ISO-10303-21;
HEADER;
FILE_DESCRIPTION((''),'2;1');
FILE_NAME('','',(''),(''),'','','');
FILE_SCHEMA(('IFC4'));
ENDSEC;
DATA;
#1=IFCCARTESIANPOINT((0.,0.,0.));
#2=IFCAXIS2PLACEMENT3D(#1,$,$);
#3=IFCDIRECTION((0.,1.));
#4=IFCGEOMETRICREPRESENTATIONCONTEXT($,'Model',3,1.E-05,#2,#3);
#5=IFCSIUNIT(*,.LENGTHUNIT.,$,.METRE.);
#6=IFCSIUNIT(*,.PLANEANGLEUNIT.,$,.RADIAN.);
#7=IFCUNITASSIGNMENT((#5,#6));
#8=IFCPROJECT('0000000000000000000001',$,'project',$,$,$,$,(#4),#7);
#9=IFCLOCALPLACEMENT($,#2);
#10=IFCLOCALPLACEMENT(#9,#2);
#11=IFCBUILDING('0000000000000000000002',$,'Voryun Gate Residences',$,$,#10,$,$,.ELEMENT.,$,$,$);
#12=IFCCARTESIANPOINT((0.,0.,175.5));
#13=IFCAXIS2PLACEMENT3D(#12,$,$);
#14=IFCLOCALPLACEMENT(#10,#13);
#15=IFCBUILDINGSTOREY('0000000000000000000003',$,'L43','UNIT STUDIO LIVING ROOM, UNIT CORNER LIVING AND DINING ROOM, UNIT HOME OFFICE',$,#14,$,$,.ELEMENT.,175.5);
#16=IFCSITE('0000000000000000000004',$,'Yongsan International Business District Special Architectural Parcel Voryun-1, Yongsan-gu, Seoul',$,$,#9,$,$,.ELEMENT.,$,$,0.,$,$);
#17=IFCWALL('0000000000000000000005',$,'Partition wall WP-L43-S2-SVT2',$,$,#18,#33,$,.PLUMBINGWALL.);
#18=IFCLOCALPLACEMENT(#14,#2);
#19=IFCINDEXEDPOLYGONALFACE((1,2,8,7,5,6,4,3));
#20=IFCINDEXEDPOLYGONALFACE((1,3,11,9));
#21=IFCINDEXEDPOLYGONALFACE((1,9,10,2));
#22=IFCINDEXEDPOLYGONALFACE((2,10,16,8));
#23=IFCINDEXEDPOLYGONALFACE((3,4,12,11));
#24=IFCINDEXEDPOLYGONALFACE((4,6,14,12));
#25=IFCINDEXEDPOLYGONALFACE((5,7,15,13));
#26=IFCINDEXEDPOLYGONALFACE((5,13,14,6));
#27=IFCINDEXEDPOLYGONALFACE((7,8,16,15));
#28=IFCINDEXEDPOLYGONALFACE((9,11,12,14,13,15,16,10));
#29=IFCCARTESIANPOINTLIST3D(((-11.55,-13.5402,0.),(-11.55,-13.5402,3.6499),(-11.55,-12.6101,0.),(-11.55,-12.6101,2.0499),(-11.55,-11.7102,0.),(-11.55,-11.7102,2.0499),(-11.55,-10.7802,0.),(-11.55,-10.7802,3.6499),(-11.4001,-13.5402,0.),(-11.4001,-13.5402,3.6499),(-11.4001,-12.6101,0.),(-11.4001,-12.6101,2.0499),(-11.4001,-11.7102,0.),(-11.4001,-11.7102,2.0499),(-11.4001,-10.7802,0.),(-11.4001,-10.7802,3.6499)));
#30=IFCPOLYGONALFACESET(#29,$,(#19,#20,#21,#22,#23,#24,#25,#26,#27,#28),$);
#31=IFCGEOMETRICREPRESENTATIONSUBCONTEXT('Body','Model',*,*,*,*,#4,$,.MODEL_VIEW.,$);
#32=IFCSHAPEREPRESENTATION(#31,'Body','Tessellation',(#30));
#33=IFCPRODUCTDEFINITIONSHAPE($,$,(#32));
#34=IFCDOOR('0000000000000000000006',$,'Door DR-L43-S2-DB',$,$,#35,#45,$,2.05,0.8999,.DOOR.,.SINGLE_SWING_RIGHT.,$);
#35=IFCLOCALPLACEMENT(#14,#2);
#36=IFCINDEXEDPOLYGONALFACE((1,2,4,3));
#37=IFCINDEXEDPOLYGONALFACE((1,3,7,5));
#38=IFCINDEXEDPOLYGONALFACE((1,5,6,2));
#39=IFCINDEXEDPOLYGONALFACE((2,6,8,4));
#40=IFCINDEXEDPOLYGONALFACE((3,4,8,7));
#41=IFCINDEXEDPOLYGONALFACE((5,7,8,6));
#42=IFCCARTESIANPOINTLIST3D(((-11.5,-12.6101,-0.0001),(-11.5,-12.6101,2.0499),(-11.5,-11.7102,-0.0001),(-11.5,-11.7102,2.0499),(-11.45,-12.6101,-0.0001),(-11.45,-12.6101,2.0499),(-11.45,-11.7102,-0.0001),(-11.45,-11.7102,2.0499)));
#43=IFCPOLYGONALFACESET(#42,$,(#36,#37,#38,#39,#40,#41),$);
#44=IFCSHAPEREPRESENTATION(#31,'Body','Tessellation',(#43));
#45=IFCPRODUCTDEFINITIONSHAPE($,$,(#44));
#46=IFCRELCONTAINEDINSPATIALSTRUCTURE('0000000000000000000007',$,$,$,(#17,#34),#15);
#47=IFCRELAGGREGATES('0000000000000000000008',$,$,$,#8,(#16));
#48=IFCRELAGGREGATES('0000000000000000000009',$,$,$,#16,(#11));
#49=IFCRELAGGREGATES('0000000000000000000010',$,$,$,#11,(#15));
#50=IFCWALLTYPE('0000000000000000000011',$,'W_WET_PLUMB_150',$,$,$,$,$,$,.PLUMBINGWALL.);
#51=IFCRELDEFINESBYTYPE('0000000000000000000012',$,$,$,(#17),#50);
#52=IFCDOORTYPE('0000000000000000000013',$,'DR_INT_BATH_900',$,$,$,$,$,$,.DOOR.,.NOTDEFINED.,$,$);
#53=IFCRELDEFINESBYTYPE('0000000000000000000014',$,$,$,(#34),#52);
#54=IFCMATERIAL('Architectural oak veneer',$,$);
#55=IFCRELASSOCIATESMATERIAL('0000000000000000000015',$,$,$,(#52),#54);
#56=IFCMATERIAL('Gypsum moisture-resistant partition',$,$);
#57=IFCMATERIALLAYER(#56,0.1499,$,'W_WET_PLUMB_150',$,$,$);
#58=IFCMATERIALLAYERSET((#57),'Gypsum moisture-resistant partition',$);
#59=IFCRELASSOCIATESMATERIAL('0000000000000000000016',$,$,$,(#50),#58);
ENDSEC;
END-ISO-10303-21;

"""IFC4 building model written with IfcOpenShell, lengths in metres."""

from ifc_helpers import new_model, si_unit, direction, frame, frame_2d, origin, place, context, subcontext, project, spatial, rectangle, extrude, material, layer, layer_set, type_object, element, fill, save


model = new_model("IFC4")

# Units and contexts
model_context = context("Model", 3, precision=1e-05, world=origin(), true_north=direction((0.0, 1.0)))
body_context = subcontext(model_context, "Body", "Model", "MODEL_VIEW")
ifc_project = project(units=[si_unit("LENGTHUNIT", "METRE"), si_unit("PLANEANGLEUNIT", "RADIAN")], contexts=[model_context])

# Site, building, storey
site_placement = place(None, origin())
site = spatial("IfcSite", under=ifc_project, at=site_placement, Name="Yongsan International Business District Special Architectural Parcel Voryun-1, Yongsan-gu, Seoul", CompositionType="ELEMENT", RefElevation=0.0)
building_placement = place(site_placement, origin())
building = spatial("IfcBuilding", under=site, at=building_placement, Name="Voryun Gate Residences", CompositionType="ELEMENT")
storey_placement = place(building_placement, frame((0.0, 0.0, 175.5)))
storey = spatial("IfcBuildingStorey", under=building, at=storey_placement, Name="L43", Description="UNIT STUDIO LIVING ROOM, UNIT CORNER LIVING AND DINING ROOM, UNIT HOME OFFICE", CompositionType="ELEMENT", Elevation=175.5)

# Shared definitions
ifc_material_1 = material(Name="Architectural oak veneer")
door_type_1 = type_object("IfcDoorType", Name="DR_INT_BATH_900", OperationType="NOTDEFINED", PredefinedType="DOOR", material=ifc_material_1)

# Shared definitions
ifc_material_2 = material(Name="Gypsum moisture-resistant partition")
ifc_layer_1 = layer(ifc_material_2, 0.1499, Name="W_WET_PLUMB_150")
ifc_layer_set_1 = layer_set([ifc_layer_1], Name="Gypsum moisture-resistant partition")
wall_type_1 = type_object("IfcWallType", Name="W_WET_PLUMB_150", PredefinedType="PLUMBINGWALL", material=ifc_layer_set_1)

# Wall, opening, door
wall_1_placement = place(storey_placement, frame((-11.4751, -13.54, 0.0), z_axis=(0.0, 0.0, 1.0), x_axis=(0.0, 1.0, 0.0)))
wall_1 = element("IfcWall", 1, at=wall_1_placement, inside=storey, type_object=wall_type_1, Name="Partition wall WP-L43-S2-SVT2", PredefinedType="PLUMBINGWALL", context=body_context, shape_type="SweptSolid", body=[
    extrude(rectangle(XDim=2.76, YDim=0.1499, at=frame_2d((1.3799, 0.0))), origin(), (0.0, 0.0, 1.0), 3.6499),
])
opening_1_placement = place(wall_1_placement, frame((0.9299, 0.0, 0.0)))
opening_1 = element("IfcOpeningElement", 2, at=opening_1_placement, cuts=wall_1, PredefinedType="OPENING", context=body_context, shape_type="SweptSolid", body=[
    extrude(rectangle(XDim=0.8999, YDim=2.05, at=frame_2d((0.45, 1.0249))), frame((0.0, 0.085, 0.0), z_axis=(0.0, -1.0, 0.0), x_axis=(1.0, 0.0, 0.0)), (0.0, 0.0, 1.0), 0.1699),
])
door_1_placement = place(opening_1_placement, origin())
door_1 = element("IfcDoor", 3, at=door_1_placement, inside=storey, type_object=door_type_1, Name="Door DR-L43-S2-DB", OperationType="SINGLE_SWING_RIGHT", OverallHeight=2.05, OverallWidth=0.8999, PredefinedType="DOOR", context=body_context, shape_type="SweptSolid", body=[
    extrude(rectangle(XDim=0.8999, YDim=2.05, at=frame_2d((0.45, 1.0249))), frame((0.0, 0.0249, 0.0), z_axis=(0.0, -1.0, 0.0), x_axis=(1.0, 0.0, 0.0)), (0.0, 0.0, 1.0), 0.05),
])
fill(opening_1, door_1)

save(model, "model.ifc")
